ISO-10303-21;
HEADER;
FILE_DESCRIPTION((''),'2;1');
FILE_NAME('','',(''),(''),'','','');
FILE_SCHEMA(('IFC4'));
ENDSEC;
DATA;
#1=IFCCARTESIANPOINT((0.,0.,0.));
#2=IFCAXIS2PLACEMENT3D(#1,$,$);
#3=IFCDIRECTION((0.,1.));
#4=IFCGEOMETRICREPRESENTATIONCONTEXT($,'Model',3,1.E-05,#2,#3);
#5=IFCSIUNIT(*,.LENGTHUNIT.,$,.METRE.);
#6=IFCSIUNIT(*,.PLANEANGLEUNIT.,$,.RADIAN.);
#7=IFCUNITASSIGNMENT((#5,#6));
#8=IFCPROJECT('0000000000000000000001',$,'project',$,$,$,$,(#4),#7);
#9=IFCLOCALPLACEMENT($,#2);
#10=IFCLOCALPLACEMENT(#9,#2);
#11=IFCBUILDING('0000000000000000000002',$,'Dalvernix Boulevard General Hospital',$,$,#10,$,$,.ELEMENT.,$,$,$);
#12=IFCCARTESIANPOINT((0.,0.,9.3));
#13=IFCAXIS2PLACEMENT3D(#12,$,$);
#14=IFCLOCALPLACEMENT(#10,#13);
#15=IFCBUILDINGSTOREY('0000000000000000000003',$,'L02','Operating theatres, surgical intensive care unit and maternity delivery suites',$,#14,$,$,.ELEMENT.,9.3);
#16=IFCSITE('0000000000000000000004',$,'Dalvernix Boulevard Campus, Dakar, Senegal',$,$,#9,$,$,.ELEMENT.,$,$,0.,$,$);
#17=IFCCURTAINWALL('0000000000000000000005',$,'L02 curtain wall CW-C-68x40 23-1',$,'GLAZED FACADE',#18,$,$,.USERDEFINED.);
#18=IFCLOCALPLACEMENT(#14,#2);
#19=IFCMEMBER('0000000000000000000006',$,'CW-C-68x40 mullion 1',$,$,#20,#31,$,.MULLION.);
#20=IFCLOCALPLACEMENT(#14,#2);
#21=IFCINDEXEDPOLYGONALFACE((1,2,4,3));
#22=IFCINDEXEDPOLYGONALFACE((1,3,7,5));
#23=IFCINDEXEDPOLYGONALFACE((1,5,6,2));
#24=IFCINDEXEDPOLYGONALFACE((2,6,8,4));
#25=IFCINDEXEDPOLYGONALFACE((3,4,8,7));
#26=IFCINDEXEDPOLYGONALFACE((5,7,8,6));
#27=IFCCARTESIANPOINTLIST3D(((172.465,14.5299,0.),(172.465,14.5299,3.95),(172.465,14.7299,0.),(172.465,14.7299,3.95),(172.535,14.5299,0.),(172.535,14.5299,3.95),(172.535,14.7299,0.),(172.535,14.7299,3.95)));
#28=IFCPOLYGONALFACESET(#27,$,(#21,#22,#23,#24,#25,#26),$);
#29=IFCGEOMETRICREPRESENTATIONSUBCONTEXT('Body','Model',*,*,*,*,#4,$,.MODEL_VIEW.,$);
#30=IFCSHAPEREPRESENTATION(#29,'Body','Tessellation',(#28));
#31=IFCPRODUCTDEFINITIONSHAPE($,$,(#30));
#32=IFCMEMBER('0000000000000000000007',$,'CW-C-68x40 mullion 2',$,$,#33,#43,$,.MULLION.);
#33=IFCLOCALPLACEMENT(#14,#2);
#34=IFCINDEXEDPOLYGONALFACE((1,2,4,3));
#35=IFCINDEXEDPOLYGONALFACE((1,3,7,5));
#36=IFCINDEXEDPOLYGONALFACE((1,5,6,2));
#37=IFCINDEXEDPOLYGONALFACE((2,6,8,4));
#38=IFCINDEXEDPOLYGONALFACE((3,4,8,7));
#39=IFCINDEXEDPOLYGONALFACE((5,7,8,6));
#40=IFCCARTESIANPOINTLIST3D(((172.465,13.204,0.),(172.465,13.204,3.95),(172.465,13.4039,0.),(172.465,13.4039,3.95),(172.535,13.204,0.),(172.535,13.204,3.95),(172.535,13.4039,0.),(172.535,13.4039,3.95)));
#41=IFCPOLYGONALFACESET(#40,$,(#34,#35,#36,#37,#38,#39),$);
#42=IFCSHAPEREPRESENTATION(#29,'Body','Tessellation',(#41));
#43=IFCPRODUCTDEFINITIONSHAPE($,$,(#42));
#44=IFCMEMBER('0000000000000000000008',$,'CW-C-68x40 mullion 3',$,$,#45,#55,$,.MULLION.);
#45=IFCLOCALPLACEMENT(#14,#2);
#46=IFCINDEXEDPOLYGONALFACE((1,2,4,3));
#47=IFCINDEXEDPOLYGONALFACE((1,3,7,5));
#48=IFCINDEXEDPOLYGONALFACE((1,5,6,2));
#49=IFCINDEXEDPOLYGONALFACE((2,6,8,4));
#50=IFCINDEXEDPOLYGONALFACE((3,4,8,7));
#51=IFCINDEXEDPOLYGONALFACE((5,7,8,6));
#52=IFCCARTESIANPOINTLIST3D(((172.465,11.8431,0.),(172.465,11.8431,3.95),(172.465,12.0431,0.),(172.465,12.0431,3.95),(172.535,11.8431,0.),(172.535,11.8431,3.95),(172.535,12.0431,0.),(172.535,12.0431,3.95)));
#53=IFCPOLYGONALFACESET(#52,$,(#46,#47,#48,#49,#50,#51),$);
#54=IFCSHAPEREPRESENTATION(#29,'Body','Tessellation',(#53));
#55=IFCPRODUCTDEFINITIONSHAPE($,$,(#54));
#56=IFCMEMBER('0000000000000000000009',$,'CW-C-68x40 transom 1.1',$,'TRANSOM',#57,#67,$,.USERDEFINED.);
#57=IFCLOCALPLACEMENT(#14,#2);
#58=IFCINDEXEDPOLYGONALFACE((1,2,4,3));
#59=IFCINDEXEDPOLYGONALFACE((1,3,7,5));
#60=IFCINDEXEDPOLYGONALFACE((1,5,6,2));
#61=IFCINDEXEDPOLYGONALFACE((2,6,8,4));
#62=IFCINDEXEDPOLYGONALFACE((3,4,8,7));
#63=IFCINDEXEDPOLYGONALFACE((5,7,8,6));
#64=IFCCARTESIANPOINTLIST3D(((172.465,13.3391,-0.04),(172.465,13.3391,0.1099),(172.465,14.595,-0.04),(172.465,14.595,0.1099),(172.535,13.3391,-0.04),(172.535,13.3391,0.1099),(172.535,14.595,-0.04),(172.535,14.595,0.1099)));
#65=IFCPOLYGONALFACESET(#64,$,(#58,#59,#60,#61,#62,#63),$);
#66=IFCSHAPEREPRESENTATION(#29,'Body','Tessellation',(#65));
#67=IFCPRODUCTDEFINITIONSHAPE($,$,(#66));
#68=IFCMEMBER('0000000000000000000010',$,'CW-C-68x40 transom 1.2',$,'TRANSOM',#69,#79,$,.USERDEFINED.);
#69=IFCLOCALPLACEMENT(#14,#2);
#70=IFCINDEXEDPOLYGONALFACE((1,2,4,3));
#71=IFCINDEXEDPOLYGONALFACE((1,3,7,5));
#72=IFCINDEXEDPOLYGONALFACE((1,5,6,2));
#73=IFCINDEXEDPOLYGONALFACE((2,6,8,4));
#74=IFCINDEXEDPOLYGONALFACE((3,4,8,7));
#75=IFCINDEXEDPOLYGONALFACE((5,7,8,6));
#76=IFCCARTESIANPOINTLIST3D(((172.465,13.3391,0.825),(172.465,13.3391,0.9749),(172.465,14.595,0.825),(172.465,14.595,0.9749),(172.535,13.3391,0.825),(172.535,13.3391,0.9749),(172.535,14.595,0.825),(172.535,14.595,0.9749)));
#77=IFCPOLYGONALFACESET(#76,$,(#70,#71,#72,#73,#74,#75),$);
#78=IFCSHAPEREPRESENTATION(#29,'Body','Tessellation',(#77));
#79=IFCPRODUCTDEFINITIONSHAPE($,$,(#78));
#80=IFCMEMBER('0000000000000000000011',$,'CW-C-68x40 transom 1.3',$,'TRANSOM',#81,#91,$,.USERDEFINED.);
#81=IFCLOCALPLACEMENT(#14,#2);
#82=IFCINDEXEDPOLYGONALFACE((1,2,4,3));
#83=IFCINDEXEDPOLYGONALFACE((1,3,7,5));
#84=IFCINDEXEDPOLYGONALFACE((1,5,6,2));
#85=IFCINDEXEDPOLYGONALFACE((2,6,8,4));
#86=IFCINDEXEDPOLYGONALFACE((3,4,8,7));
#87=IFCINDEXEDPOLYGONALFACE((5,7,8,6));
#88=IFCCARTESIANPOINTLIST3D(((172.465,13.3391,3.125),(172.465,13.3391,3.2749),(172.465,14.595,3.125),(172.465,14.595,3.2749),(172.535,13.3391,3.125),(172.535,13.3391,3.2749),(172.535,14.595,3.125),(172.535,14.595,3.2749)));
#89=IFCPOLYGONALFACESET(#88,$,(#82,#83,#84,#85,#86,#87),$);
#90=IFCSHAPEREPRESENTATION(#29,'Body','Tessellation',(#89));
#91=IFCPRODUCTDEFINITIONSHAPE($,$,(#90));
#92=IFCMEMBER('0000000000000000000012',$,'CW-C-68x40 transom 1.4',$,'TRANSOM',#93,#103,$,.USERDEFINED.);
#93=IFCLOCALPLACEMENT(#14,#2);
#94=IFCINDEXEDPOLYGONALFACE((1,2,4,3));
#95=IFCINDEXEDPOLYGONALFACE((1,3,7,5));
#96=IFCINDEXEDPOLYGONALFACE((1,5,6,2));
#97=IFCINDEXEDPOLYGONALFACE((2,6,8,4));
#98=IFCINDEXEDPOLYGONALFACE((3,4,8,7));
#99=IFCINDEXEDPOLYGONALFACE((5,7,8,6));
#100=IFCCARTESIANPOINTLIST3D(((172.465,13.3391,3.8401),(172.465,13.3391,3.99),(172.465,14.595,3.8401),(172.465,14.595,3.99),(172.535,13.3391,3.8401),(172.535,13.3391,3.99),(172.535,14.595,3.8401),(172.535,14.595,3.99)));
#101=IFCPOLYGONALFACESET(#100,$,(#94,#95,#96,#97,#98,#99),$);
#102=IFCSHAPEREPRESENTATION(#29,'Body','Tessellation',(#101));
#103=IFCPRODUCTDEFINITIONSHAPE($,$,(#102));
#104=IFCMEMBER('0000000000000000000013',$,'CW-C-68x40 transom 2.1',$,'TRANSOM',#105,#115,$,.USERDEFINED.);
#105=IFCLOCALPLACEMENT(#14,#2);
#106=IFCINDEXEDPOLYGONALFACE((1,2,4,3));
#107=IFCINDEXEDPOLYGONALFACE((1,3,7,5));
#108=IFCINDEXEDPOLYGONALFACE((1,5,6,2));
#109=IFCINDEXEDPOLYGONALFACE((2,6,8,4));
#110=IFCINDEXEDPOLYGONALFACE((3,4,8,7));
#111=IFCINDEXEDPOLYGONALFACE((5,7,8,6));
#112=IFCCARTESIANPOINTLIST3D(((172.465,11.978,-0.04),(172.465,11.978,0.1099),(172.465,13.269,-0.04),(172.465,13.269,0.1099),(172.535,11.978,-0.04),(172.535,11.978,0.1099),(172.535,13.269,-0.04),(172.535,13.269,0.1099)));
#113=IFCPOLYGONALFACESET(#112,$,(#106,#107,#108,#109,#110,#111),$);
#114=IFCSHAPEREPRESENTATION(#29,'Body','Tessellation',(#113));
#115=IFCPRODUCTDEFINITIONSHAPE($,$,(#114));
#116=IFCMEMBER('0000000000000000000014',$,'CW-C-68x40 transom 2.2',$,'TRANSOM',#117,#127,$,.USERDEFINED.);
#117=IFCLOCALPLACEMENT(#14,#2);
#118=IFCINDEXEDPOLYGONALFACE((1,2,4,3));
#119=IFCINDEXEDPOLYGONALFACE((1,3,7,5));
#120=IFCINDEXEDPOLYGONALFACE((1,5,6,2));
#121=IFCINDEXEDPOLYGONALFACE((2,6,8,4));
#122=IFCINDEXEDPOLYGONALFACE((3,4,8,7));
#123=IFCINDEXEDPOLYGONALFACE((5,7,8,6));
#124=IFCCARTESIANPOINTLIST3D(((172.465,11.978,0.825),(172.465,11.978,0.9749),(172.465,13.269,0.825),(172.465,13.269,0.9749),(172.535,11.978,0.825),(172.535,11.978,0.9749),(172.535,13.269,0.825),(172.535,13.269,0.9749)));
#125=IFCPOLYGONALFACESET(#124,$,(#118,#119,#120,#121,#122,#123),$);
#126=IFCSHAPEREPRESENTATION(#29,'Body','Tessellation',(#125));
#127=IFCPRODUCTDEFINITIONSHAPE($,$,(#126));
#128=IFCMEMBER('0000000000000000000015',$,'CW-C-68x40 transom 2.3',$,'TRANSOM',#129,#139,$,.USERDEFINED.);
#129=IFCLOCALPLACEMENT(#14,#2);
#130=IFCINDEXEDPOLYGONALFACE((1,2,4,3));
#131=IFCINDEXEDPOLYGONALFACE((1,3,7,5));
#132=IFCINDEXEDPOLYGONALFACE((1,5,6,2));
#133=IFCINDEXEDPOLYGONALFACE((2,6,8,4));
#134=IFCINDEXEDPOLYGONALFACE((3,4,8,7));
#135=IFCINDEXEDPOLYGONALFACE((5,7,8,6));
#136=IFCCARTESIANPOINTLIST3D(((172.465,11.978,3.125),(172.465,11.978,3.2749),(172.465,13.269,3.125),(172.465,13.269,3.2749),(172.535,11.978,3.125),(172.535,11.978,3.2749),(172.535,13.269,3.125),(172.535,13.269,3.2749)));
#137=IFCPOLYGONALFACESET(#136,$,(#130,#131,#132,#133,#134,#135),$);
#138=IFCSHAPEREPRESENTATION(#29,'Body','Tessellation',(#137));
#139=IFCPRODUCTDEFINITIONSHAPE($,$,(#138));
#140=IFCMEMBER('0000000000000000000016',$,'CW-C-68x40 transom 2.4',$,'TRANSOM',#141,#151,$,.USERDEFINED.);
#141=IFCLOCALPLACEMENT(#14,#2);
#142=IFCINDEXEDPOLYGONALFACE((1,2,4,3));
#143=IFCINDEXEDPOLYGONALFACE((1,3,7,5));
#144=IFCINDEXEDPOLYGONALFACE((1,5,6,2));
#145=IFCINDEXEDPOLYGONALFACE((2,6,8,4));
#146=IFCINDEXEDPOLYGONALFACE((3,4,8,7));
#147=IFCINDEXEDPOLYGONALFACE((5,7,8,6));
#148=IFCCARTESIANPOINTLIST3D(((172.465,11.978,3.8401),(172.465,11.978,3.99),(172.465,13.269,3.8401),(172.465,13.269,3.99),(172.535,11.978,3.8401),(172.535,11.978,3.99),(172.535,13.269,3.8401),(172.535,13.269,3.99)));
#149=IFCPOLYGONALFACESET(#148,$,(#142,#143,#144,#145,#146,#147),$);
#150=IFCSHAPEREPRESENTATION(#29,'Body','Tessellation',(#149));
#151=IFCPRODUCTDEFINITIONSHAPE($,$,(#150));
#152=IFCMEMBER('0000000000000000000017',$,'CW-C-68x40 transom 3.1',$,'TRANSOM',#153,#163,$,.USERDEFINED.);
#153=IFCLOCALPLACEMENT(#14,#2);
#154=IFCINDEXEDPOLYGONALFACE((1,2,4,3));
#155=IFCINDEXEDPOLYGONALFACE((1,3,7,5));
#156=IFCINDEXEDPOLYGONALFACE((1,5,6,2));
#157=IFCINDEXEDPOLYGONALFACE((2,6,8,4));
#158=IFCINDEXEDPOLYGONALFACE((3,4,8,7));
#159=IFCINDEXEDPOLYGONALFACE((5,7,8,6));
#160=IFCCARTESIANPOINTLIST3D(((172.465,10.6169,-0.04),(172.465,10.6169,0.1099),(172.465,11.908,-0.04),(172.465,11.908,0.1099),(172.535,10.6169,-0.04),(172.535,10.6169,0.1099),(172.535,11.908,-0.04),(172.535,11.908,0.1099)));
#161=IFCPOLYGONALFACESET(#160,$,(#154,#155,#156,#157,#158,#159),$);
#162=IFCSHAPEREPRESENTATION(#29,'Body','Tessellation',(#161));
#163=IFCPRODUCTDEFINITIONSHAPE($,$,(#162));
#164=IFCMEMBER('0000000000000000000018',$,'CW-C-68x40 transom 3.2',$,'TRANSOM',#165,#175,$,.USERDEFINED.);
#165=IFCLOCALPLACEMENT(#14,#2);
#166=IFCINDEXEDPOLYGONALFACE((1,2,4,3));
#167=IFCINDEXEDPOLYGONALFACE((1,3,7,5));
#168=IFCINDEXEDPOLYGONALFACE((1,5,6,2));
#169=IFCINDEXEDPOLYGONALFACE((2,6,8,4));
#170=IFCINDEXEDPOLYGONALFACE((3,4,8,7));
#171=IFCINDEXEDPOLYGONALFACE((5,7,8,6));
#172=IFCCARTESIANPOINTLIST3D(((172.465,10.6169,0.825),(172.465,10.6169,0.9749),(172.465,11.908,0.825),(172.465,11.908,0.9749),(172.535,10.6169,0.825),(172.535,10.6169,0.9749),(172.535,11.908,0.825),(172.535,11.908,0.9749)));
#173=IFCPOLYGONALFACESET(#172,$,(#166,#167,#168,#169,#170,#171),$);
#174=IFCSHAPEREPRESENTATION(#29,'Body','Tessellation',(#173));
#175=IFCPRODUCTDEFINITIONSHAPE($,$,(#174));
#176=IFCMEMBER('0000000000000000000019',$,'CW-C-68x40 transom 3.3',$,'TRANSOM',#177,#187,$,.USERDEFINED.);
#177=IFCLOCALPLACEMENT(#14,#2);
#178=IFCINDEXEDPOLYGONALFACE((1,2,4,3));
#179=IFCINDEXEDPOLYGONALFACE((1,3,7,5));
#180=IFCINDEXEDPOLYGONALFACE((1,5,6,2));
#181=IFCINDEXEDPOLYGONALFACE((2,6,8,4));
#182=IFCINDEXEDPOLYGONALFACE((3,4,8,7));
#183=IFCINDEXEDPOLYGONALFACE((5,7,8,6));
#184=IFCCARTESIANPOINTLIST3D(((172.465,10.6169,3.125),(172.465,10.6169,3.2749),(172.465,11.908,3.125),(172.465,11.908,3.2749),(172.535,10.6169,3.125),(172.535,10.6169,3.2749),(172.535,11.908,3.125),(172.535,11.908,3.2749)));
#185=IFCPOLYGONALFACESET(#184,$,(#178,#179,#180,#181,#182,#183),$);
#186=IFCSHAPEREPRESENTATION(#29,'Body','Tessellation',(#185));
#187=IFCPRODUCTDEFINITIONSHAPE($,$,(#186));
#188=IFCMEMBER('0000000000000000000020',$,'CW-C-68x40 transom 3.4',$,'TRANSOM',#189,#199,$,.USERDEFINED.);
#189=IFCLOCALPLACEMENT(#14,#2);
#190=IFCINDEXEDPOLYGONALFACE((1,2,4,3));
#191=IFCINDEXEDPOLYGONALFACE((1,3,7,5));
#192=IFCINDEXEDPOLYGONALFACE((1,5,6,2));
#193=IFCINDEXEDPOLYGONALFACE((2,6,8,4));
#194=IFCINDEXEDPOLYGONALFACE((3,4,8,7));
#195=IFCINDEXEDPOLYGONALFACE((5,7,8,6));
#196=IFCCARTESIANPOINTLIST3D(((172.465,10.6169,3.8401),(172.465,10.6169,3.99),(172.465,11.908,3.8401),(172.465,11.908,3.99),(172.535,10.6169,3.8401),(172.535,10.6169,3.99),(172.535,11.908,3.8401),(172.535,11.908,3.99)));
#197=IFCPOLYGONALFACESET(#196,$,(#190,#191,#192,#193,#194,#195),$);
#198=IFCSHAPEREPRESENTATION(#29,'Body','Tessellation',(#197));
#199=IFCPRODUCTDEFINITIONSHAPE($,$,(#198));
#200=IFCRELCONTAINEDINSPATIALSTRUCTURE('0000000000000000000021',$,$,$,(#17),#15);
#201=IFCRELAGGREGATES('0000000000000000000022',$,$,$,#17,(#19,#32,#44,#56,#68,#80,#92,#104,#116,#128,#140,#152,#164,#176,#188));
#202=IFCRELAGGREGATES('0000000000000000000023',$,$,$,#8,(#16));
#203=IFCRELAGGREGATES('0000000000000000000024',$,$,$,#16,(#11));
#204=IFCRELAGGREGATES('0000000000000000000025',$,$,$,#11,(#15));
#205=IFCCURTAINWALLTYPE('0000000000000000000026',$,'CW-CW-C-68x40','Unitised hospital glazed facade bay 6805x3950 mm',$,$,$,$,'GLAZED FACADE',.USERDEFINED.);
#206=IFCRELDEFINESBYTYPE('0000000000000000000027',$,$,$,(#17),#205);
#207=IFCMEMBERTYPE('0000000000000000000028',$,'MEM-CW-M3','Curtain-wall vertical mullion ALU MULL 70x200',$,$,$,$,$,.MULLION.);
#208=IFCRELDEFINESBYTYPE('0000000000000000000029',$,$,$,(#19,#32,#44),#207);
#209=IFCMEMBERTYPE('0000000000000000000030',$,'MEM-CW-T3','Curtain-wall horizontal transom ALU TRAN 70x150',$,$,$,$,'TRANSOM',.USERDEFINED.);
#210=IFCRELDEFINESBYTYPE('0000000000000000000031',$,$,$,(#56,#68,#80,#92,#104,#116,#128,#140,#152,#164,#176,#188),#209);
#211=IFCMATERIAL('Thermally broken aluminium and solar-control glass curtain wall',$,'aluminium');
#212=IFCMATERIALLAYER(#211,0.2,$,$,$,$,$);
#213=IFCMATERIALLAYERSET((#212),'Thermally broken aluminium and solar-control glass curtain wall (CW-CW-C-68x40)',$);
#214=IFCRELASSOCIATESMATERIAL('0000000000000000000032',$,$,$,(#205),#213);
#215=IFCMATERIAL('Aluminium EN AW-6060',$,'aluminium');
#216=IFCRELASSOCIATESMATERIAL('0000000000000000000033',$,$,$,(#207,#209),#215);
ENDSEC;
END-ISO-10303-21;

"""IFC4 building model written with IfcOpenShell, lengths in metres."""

from ifc_helpers import new_model, si_unit, direction, frame, origin, origin_2d, place, context, subcontext, project, spatial, rectangle, extrude, material, layer, layer_set, material_profile, profile_set, type_object, element, aggregate, save


model = new_model("IFC4")

# Units and contexts
model_context = context("Model", 3, precision=1e-05, world=origin(), true_north=direction((0.0, 1.0)))
body_context = subcontext(model_context, "Body", "Model", "MODEL_VIEW")
ifc_project = project(units=[si_unit("LENGTHUNIT", "METRE"), si_unit("PLANEANGLEUNIT", "RADIAN")], contexts=[model_context])

# Site, building, storey
site_placement = place(None, origin())
site = spatial("IfcSite", under=ifc_project, at=site_placement, Name="Dalvernix Boulevard Campus, Dakar, Senegal", CompositionType="ELEMENT", RefElevation=0.0)
building_placement = place(site_placement, origin())
building = spatial("IfcBuilding", under=site, at=building_placement, Name="Dalvernix Boulevard General Hospital", CompositionType="ELEMENT")
storey_placement = place(building_placement, frame((0.0, 0.0, 9.3)))
storey = spatial("IfcBuildingStorey", under=building, at=storey_placement, Name="L02", Description="Operating theatres, surgical intensive care unit and maternity delivery suites", CompositionType="ELEMENT", Elevation=9.3)

# Curtain wall, members
ifc_material_1 = material(Name="Thermally broken aluminium and solar-control glass curtain wall", Category="aluminium")
ifc_layer_1 = layer(ifc_material_1, 0.2)
ifc_layer_set_1 = layer_set([ifc_layer_1], Name="Thermally broken aluminium and solar-control glass curtain wall (CW-CW-C-68x40)")
curtain_wall_type = type_object("IfcCurtainWallType", Name="CW-CW-C-68x40", Description="Unitised hospital glazed facade bay 6805x3950 mm", ElementType="GLAZED FACADE", PredefinedType="USERDEFINED", material=ifc_layer_set_1)
curtain_wall_placement = place(storey_placement, origin())
curtain_wall = element("IfcCurtainWall", 1, at=curtain_wall_placement, inside=storey, type_object=curtain_wall_type, Name="L02 curtain wall CW-C-68x40 23-1", ObjectType="GLAZED FACADE", PredefinedType="USERDEFINED")
ifc_material_2 = material(Name="Aluminium EN AW-6060", Category="aluminium")
ifc_material_profile_1 = material_profile(ifc_material_2, rectangle(XDim=0.0701, YDim=0.2, at=origin_2d()), Name="ALU MULL 70x200")
ifc_profile_set_1 = profile_set([ifc_material_profile_1], Name="Aluminium EN AW-6060")
member_type_1 = type_object("IfcMemberType", Name="MEM-CW-M3", Description="Curtain-wall vertical mullion ALU MULL 70x200", PredefinedType="MULLION", material=ifc_profile_set_1)
member_1_placement = place(storey_placement, frame((172.5, 14.6299, 0.0), z_axis=(0.0, 0.0, 1.0), x_axis=(1.0, 0.0, 0.0)))
member_1 = element("IfcMember", 2, at=member_1_placement, type_object=member_type_1, Name="CW-C-68x40 mullion 1", PredefinedType="MULLION", context=body_context, shape_type="SweptSolid", body=[
    extrude(rectangle(XDim=0.0701, YDim=0.2, at=origin_2d()), origin(), (0.0, 0.0, 1.0), 3.95),
])
member_2_placement = place(storey_placement, frame((172.5, 13.304, 0.0), z_axis=(0.0, 0.0, 1.0), x_axis=(1.0, 0.0, 0.0)))
member_2 = element("IfcMember", 3, at=member_2_placement, type_object=member_type_1, Name="CW-C-68x40 mullion 2", PredefinedType="MULLION", context=body_context, shape_type="SweptSolid", body=[
    extrude(rectangle(XDim=0.0701, YDim=0.2, at=origin_2d()), origin(), (0.0, 0.0, 1.0), 3.95),
])
member_3_placement = place(storey_placement, frame((172.5, 11.9431, 0.0), z_axis=(0.0, 0.0, 1.0), x_axis=(1.0, 0.0, 0.0)))
member_3 = element("IfcMember", 4, at=member_3_placement, type_object=member_type_1, Name="CW-C-68x40 mullion 3", PredefinedType="MULLION", context=body_context, shape_type="SweptSolid", body=[
    extrude(rectangle(XDim=0.0701, YDim=0.2, at=origin_2d()), origin(), (0.0, 0.0, 1.0), 3.95),
])
ifc_material_profile_2 = material_profile(ifc_material_2, rectangle(XDim=0.0701, YDim=0.1499, at=origin_2d()), Name="ALU TRAN 70x150")
ifc_profile_set_2 = profile_set([ifc_material_profile_2], Name="Aluminium EN AW-6060")
member_type_2 = type_object("IfcMemberType", Name="MEM-CW-T3", Description="Curtain-wall horizontal transom ALU TRAN 70x150", ElementType="TRANSOM", PredefinedType="USERDEFINED", material=ifc_profile_set_2)
member_4_placement = place(storey_placement, frame((172.5, 14.595, 0.0349), z_axis=(0.0, -1.0, 0.0), x_axis=(1.0, 0.0, 0.0)))
member_4 = element("IfcMember", 5, at=member_4_placement, type_object=member_type_2, Name="CW-C-68x40 transom 1.1", ObjectType="TRANSOM", PredefinedType="USERDEFINED", context=body_context, shape_type="SweptSolid", body=[
    extrude(rectangle(XDim=0.0701, YDim=0.1499, at=origin_2d()), origin(), (0.0, 0.0, 1.0), 1.2559),
])
member_5_placement = place(storey_placement, frame((172.5, 14.595, 0.8999), z_axis=(0.0, -1.0, 0.0), x_axis=(1.0, 0.0, 0.0)))
member_5 = element("IfcMember", 6, at=member_5_placement, type_object=member_type_2, Name="CW-C-68x40 transom 1.2", ObjectType="TRANSOM", PredefinedType="USERDEFINED", context=body_context, shape_type="SweptSolid", body=[
    extrude(rectangle(XDim=0.0701, YDim=0.1499, at=origin_2d()), origin(), (0.0, 0.0, 1.0), 1.2559),
])
member_6_placement = place(storey_placement, frame((172.5, 14.595, 3.2), z_axis=(0.0, -1.0, 0.0), x_axis=(1.0, 0.0, 0.0)))
member_6 = element("IfcMember", 7, at=member_6_placement, type_object=member_type_2, Name="CW-C-68x40 transom 1.3", ObjectType="TRANSOM", PredefinedType="USERDEFINED", context=body_context, shape_type="SweptSolid", body=[
    extrude(rectangle(XDim=0.0701, YDim=0.1499, at=origin_2d()), origin(), (0.0, 0.0, 1.0), 1.2559),
])
member_7_placement = place(storey_placement, frame((172.5, 14.595, 3.915), z_axis=(0.0, -1.0, 0.0), x_axis=(1.0, 0.0, 0.0)))
member_7 = element("IfcMember", 8, at=member_7_placement, type_object=member_type_2, Name="CW-C-68x40 transom 1.4", ObjectType="TRANSOM", PredefinedType="USERDEFINED", context=body_context, shape_type="SweptSolid", body=[
    extrude(rectangle(XDim=0.0701, YDim=0.1499, at=origin_2d()), origin(), (0.0, 0.0, 1.0), 1.2559),
])
member_8_placement = place(storey_placement, frame((172.5, 13.269, 0.0349), z_axis=(0.0, -1.0, 0.0), x_axis=(1.0, 0.0, 0.0)))
member_8 = element("IfcMember", 9, at=member_8_placement, type_object=member_type_2, Name="CW-C-68x40 transom 2.1", ObjectType="TRANSOM", PredefinedType="USERDEFINED", context=body_context, shape_type="SweptSolid", body=[
    extrude(rectangle(XDim=0.0701, YDim=0.1499, at=origin_2d()), origin(), (0.0, 0.0, 1.0), 1.291),
])
member_9_placement = place(storey_placement, frame((172.5, 13.269, 0.8999), z_axis=(0.0, -1.0, 0.0), x_axis=(1.0, 0.0, 0.0)))
member_9 = element("IfcMember", 10, at=member_9_placement, type_object=member_type_2, Name="CW-C-68x40 transom 2.2", ObjectType="TRANSOM", PredefinedType="USERDEFINED", context=body_context, shape_type="SweptSolid", body=[
    extrude(rectangle(XDim=0.0701, YDim=0.1499, at=origin_2d()), origin(), (0.0, 0.0, 1.0), 1.291),
])
member_10_placement = place(storey_placement, frame((172.5, 13.269, 3.2), z_axis=(0.0, -1.0, 0.0), x_axis=(1.0, 0.0, 0.0)))
member_10 = element("IfcMember", 11, at=member_10_placement, type_object=member_type_2, Name="CW-C-68x40 transom 2.3", ObjectType="TRANSOM", PredefinedType="USERDEFINED", context=body_context, shape_type="SweptSolid", body=[
    extrude(rectangle(XDim=0.0701, YDim=0.1499, at=origin_2d()), origin(), (0.0, 0.0, 1.0), 1.291),
])
member_11_placement = place(storey_placement, frame((172.5, 13.269, 3.915), z_axis=(0.0, -1.0, 0.0), x_axis=(1.0, 0.0, 0.0)))
member_11 = element("IfcMember", 12, at=member_11_placement, type_object=member_type_2, Name="CW-C-68x40 transom 2.4", ObjectType="TRANSOM", PredefinedType="USERDEFINED", context=body_context, shape_type="SweptSolid", body=[
    extrude(rectangle(XDim=0.0701, YDim=0.1499, at=origin_2d()), origin(), (0.0, 0.0, 1.0), 1.291),
])
member_12_placement = place(storey_placement, frame((172.5, 11.908, 0.0349), z_axis=(0.0, -1.0, 0.0), x_axis=(1.0, 0.0, 0.0)))
member_12 = element("IfcMember", 13, at=member_12_placement, type_object=member_type_2, Name="CW-C-68x40 transom 3.1", ObjectType="TRANSOM", PredefinedType="USERDEFINED", context=body_context, shape_type="SweptSolid", body=[
    extrude(rectangle(XDim=0.0701, YDim=0.1499, at=origin_2d()), origin(), (0.0, 0.0, 1.0), 1.291),
])
member_13_placement = place(storey_placement, frame((172.5, 11.908, 0.8999), z_axis=(0.0, -1.0, 0.0), x_axis=(1.0, 0.0, 0.0)))
member_13 = element("IfcMember", 14, at=member_13_placement, type_object=member_type_2, Name="CW-C-68x40 transom 3.2", ObjectType="TRANSOM", PredefinedType="USERDEFINED", context=body_context, shape_type="SweptSolid", body=[
    extrude(rectangle(XDim=0.0701, YDim=0.1499, at=origin_2d()), origin(), (0.0, 0.0, 1.0), 1.291),
])
member_14_placement = place(storey_placement, frame((172.5, 11.908, 3.2), z_axis=(0.0, -1.0, 0.0), x_axis=(1.0, 0.0, 0.0)))
member_14 = element("IfcMember", 15, at=member_14_placement, type_object=member_type_2, Name="CW-C-68x40 transom 3.3", ObjectType="TRANSOM", PredefinedType="USERDEFINED", context=body_context, shape_type="SweptSolid", body=[
    extrude(rectangle(XDim=0.0701, YDim=0.1499, at=origin_2d()), origin(), (0.0, 0.0, 1.0), 1.291),
])
member_15_placement = place(storey_placement, frame((172.5, 11.908, 3.915), z_axis=(0.0, -1.0, 0.0), x_axis=(1.0, 0.0, 0.0)))
member_15 = element("IfcMember", 16, at=member_15_placement, type_object=member_type_2, Name="CW-C-68x40 transom 3.4", ObjectType="TRANSOM", PredefinedType="USERDEFINED", context=body_context, shape_type="SweptSolid", body=[
    extrude(rectangle(XDim=0.0701, YDim=0.1499, at=origin_2d()), origin(), (0.0, 0.0, 1.0), 1.291),
])
aggregate(curtain_wall, [member_1, member_2, member_3, member_4, member_5, member_6, member_7, member_8, member_9, member_10, member_11, member_12, member_13, member_14, member_15])

save(model, "model.ifc")
